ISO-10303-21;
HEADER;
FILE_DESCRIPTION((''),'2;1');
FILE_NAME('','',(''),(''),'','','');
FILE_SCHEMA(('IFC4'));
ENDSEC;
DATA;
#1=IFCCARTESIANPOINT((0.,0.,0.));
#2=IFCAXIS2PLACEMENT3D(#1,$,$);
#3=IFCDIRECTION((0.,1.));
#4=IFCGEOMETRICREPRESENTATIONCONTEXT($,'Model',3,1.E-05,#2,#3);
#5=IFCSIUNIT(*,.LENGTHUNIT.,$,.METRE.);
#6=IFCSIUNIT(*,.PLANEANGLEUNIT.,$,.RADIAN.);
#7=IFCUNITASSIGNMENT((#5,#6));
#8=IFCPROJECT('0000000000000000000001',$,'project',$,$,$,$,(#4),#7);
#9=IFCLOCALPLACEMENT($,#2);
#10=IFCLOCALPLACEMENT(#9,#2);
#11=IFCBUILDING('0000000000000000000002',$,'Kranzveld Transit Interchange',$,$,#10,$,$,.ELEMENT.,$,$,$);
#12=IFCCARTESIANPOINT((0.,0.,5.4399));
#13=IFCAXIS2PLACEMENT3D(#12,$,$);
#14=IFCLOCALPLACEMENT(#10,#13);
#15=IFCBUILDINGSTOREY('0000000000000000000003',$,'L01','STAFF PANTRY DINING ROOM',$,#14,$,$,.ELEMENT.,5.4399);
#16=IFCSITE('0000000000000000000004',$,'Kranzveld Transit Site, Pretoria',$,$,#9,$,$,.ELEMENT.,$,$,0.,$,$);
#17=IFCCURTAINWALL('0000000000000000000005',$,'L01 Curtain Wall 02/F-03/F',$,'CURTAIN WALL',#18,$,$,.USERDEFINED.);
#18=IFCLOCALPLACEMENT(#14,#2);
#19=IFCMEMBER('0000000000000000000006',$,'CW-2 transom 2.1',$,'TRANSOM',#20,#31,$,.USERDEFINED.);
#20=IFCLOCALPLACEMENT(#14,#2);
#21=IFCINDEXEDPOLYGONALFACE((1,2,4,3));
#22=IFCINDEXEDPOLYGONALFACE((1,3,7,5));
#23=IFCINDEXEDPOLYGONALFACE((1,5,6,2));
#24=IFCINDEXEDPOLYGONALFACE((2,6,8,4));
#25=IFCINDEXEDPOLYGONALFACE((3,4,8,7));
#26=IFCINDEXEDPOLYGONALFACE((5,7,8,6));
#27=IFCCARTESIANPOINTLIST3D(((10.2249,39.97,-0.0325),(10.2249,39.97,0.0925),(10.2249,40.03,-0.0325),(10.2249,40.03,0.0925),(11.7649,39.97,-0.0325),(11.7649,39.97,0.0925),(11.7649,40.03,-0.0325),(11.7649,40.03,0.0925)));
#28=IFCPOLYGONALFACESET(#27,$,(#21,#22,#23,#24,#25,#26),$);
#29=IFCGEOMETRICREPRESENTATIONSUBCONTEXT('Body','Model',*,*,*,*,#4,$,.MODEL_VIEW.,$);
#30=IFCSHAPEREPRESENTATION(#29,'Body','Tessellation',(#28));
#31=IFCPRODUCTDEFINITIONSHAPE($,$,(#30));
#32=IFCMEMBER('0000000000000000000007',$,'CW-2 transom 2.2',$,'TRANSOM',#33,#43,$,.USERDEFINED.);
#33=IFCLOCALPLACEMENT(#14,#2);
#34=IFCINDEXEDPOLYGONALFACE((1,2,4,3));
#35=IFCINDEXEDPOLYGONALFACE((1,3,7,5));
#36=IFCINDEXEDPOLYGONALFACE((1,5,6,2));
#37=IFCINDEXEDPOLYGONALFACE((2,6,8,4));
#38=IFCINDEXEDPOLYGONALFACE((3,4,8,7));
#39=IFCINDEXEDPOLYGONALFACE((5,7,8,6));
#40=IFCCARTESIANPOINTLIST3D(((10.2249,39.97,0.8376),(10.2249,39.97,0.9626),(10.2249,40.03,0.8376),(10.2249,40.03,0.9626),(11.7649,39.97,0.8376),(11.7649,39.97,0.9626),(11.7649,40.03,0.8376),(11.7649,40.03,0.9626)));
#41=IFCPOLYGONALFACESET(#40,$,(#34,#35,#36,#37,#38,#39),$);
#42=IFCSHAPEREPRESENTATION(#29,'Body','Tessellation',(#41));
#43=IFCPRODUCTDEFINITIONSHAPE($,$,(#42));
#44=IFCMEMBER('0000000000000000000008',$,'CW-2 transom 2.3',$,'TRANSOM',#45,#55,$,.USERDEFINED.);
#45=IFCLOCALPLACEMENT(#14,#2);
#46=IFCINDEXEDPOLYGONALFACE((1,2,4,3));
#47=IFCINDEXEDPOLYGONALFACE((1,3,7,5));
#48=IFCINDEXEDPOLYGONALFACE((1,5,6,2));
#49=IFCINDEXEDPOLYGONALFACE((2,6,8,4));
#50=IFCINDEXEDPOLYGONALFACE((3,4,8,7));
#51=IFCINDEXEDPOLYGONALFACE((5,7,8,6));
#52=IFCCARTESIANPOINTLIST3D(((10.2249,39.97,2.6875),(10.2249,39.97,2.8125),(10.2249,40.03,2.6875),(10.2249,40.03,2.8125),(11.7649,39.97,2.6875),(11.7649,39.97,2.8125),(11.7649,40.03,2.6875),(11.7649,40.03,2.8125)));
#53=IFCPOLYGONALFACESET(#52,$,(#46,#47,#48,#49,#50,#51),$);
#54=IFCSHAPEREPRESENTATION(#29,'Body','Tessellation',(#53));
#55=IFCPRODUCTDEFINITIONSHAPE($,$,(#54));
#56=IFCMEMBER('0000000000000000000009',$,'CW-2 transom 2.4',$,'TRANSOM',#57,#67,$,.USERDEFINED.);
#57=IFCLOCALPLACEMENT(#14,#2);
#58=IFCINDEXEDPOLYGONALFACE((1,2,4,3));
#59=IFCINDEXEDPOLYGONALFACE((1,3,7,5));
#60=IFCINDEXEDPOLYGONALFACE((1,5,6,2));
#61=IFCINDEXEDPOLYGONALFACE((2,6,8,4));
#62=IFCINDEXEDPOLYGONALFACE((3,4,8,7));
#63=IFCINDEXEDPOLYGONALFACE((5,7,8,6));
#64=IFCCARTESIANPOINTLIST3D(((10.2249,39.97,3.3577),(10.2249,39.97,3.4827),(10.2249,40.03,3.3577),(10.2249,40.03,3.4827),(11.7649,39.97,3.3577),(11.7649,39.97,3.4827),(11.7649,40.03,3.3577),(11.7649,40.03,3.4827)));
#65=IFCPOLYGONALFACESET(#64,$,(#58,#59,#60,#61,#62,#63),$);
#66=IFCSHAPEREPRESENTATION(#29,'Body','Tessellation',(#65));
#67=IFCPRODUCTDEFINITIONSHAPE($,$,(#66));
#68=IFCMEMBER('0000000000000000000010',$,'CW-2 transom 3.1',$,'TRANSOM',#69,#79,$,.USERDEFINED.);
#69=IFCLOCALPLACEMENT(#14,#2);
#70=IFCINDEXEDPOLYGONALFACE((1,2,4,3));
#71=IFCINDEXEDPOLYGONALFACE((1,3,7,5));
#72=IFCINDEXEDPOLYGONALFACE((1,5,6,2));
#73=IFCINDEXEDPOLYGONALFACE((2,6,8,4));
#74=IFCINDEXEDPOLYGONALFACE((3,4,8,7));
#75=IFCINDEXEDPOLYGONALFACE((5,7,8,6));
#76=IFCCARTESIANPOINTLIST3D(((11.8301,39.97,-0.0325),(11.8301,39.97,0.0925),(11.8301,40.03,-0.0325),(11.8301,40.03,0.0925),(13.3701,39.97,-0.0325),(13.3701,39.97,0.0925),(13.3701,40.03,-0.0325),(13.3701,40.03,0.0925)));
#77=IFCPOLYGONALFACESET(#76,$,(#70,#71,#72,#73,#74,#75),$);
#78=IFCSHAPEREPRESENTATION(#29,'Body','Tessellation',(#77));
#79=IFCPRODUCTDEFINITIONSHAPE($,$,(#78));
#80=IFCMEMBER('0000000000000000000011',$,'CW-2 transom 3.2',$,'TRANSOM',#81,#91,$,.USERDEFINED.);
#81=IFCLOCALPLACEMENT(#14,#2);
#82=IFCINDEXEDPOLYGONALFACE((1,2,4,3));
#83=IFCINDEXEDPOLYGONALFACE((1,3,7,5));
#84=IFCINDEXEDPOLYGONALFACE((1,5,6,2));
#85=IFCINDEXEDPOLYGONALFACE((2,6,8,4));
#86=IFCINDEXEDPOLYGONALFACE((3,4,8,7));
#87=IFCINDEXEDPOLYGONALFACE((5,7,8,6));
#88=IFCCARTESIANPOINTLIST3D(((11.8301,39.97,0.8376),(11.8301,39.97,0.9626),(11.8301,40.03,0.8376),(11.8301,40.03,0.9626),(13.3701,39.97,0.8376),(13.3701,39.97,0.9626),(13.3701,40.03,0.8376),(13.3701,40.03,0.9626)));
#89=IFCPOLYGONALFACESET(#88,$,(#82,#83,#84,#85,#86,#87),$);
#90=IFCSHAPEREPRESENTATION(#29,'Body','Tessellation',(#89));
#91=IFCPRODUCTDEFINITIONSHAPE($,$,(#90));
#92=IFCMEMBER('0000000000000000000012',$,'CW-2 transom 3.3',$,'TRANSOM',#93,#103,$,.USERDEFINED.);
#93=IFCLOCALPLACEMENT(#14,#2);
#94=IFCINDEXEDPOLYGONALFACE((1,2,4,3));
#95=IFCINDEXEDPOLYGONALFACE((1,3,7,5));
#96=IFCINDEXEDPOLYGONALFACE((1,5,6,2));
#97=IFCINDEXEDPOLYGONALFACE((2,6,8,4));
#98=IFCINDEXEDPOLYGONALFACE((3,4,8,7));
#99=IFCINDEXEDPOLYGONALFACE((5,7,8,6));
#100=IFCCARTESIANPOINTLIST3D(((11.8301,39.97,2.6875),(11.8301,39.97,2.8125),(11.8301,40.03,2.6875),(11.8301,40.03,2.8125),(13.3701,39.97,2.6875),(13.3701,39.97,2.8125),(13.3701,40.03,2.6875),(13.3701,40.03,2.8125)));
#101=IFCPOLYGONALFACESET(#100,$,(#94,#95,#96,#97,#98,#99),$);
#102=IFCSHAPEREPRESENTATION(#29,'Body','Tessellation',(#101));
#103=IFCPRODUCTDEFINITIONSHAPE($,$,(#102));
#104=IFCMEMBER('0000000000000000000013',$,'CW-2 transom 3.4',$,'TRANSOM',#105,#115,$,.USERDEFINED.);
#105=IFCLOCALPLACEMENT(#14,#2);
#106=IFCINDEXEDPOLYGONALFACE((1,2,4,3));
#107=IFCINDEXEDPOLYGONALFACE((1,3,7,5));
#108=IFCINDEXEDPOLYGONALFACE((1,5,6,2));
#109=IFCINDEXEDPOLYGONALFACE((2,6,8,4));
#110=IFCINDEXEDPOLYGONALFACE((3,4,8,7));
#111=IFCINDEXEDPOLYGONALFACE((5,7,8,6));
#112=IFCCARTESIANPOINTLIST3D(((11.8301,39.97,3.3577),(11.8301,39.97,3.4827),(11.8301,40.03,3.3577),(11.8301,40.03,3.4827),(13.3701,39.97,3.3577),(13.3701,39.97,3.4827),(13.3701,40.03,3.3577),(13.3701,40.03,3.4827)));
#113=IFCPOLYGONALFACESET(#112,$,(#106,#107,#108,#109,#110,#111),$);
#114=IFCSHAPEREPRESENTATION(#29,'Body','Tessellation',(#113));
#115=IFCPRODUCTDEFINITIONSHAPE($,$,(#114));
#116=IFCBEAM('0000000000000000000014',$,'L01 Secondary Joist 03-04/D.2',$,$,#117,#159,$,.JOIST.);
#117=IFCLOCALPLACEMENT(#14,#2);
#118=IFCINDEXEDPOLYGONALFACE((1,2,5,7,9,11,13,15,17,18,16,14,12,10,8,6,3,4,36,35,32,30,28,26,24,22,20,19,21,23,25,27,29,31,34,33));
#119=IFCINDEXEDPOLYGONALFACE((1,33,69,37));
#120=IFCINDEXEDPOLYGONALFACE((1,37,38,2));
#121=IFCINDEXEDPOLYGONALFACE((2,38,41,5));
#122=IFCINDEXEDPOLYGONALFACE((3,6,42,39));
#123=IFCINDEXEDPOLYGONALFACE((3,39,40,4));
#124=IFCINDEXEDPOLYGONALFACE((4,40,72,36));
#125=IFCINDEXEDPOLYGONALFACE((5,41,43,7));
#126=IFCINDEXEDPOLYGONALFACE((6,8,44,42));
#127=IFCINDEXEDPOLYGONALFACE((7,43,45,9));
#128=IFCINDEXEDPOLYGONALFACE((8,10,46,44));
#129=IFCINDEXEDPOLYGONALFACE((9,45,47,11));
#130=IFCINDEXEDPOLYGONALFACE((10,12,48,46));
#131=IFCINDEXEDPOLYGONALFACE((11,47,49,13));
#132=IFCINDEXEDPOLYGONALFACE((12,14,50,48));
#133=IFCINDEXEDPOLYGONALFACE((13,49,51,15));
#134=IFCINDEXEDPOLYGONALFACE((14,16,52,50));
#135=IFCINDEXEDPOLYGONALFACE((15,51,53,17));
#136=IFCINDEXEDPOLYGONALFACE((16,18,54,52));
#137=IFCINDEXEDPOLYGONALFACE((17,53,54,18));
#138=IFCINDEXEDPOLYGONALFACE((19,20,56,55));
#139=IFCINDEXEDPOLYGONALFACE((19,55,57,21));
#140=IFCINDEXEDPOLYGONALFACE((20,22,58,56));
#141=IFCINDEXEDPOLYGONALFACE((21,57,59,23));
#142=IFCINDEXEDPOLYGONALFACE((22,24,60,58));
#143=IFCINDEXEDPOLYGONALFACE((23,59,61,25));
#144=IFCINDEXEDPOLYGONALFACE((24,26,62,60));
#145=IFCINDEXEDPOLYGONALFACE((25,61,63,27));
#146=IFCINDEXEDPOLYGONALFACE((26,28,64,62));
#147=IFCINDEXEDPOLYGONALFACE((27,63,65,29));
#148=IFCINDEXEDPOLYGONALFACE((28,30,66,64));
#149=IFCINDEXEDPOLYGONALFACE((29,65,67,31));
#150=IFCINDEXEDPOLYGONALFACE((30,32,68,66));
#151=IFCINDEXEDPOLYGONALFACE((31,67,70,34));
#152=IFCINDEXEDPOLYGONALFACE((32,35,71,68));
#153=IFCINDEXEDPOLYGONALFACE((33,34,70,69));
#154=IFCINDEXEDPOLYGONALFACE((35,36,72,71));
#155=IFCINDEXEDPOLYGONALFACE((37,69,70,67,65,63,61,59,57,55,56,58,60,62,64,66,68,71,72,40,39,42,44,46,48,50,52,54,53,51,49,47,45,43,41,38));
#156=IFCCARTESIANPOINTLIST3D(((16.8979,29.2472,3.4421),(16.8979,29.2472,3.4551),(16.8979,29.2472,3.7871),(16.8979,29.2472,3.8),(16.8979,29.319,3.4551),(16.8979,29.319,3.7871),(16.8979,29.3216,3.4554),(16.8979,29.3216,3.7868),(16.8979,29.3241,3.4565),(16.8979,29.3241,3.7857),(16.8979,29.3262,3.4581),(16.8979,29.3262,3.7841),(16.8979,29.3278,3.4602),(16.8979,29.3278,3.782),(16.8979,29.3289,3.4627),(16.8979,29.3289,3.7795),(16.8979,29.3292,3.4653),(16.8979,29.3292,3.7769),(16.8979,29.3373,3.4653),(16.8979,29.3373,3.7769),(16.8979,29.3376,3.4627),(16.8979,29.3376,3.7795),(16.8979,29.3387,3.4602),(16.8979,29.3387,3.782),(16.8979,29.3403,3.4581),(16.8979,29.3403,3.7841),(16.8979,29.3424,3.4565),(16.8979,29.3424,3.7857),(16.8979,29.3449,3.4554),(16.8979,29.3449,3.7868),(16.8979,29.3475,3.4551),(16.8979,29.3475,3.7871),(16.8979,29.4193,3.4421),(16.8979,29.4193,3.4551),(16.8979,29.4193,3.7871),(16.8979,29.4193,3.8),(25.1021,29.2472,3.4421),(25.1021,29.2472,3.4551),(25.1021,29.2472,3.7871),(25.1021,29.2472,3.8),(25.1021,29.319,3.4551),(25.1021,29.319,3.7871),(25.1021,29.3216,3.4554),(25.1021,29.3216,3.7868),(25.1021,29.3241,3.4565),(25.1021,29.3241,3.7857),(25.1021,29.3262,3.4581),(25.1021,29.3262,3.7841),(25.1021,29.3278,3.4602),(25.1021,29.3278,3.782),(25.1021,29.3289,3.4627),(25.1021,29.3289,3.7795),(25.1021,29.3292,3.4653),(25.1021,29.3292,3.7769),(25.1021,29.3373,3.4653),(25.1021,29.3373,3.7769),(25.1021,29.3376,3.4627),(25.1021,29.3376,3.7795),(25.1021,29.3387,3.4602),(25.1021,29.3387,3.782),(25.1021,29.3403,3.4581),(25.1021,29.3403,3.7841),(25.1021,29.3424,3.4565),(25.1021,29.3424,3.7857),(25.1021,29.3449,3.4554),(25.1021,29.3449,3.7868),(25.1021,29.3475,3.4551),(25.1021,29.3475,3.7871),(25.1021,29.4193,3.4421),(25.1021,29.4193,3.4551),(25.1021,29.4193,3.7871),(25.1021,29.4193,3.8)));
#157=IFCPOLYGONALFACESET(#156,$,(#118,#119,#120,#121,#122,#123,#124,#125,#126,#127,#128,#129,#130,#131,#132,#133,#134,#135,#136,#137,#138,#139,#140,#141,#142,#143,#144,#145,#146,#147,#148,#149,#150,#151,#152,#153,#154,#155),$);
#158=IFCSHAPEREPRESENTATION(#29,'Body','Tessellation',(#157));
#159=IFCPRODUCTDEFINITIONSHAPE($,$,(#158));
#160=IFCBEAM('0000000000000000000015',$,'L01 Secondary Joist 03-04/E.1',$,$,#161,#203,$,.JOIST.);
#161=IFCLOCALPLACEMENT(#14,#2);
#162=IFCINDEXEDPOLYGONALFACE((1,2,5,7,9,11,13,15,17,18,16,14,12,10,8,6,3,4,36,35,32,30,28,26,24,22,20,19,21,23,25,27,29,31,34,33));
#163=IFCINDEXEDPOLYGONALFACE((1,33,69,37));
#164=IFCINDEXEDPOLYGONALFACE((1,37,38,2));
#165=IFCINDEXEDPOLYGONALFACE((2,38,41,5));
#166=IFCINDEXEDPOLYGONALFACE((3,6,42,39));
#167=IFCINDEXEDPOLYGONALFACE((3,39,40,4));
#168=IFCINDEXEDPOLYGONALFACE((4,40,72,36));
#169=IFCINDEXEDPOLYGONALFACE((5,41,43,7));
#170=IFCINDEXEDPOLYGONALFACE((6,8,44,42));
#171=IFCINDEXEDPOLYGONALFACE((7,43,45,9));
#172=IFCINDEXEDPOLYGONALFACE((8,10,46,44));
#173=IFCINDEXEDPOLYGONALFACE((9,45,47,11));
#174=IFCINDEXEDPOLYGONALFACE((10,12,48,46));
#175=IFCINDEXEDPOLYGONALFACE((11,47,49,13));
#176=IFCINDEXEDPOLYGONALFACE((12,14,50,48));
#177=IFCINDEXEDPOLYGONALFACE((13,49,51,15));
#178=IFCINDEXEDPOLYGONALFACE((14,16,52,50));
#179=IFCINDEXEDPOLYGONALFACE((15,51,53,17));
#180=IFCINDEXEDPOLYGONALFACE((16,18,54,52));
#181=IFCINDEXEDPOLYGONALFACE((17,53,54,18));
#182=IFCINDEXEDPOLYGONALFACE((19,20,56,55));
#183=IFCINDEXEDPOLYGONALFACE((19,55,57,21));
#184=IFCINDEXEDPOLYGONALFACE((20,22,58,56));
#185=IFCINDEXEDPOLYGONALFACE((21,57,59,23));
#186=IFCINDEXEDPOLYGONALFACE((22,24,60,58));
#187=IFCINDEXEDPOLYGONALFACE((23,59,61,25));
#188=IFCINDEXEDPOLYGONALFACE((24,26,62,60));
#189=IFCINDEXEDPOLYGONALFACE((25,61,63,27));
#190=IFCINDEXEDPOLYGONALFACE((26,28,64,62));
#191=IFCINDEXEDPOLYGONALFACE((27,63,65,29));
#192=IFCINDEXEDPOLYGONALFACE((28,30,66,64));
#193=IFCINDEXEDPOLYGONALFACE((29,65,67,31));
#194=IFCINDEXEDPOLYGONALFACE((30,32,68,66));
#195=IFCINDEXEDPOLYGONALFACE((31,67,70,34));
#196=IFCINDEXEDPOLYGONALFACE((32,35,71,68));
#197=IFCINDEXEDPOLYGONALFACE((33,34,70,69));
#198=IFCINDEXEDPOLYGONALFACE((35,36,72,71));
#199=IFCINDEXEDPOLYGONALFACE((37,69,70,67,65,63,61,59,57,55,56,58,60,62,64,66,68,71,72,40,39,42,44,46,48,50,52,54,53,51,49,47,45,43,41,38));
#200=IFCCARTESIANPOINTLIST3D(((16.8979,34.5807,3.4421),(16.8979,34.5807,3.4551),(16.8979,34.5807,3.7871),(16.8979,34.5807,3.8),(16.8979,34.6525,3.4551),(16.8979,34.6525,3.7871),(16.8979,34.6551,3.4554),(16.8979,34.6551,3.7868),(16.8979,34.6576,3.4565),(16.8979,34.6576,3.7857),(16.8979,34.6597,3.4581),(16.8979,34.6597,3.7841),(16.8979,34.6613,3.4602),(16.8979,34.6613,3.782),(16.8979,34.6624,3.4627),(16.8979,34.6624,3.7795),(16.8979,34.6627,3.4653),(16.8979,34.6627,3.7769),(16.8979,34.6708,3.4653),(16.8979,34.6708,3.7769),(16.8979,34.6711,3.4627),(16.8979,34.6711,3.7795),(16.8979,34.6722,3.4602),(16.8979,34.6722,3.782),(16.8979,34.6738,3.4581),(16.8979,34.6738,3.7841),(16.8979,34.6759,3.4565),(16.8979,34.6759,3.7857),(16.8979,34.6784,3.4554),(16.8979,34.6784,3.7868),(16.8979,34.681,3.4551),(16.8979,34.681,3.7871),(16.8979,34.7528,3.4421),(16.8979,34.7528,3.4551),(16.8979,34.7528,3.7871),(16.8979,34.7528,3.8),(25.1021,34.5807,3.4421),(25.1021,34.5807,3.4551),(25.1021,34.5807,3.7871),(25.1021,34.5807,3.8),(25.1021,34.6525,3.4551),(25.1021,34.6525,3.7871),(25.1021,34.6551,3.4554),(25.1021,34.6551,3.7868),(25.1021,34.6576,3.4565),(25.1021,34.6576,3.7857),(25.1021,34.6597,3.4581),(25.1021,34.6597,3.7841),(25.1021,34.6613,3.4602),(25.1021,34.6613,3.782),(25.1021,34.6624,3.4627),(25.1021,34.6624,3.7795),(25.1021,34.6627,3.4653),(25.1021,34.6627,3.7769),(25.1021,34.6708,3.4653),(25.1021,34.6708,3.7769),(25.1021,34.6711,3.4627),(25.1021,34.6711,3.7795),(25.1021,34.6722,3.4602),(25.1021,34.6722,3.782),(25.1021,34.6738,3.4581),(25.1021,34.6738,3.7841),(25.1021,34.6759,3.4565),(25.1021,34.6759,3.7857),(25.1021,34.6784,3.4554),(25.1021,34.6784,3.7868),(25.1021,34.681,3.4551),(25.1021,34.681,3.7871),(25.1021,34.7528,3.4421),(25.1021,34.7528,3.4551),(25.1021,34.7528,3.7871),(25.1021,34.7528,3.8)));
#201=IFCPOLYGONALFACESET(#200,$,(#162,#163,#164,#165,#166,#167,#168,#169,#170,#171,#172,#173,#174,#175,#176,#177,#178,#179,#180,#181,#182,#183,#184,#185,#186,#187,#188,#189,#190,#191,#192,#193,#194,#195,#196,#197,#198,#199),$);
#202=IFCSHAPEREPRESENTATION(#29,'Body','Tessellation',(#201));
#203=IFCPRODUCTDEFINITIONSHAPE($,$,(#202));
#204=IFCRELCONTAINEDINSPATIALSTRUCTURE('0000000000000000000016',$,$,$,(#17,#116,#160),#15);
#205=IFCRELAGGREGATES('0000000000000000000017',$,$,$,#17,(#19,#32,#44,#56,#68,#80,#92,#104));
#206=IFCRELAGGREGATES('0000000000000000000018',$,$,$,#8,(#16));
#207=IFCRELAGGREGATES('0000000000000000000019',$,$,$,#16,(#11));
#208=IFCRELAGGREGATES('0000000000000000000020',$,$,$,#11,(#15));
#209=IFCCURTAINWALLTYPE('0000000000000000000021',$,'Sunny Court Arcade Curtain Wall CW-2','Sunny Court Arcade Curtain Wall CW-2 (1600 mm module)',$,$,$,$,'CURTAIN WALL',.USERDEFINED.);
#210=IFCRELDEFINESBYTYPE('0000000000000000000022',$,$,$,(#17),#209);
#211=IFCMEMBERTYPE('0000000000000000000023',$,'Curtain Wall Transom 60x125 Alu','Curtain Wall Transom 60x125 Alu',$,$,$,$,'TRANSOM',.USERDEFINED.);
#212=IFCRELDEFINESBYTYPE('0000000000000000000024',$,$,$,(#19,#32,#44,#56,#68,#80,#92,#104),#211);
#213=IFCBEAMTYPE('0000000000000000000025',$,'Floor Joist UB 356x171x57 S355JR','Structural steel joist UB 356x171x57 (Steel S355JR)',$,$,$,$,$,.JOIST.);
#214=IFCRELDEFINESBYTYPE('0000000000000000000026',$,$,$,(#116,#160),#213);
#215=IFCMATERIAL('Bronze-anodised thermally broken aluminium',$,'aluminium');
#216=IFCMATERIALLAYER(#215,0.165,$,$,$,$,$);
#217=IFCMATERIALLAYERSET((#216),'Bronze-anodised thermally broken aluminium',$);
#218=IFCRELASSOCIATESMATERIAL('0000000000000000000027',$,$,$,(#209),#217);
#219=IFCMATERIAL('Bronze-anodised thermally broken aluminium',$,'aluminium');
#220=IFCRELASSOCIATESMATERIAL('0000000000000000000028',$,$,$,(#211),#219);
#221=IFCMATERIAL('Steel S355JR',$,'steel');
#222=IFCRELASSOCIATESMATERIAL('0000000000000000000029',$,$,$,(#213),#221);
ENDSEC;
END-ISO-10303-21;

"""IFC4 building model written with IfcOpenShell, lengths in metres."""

from ifc_helpers import new_model, si_unit, direction, frame, origin, origin_2d, place, context, subcontext, project, spatial, rectangle, i_section, extrude, material, layer, layer_set, material_profile, profile_set, type_object, element, aggregate, save


model = new_model("IFC4")

# Units and contexts
model_context = context("Model", 3, precision=1e-05, world=origin(), true_north=direction((0.0, 1.0)))
body_context = subcontext(model_context, "Body", "Model", "MODEL_VIEW")
ifc_project = project(units=[si_unit("LENGTHUNIT", "METRE"), si_unit("PLANEANGLEUNIT", "RADIAN")], contexts=[model_context])

# Site, building, storey
site_placement = place(None, origin())
site = spatial("IfcSite", under=ifc_project, at=site_placement, Name="Kranzveld Transit Site, Pretoria", CompositionType="ELEMENT", RefElevation=0.0)
building_placement = place(site_placement, origin())
building = spatial("IfcBuilding", under=site, at=building_placement, Name="Kranzveld Transit Interchange", CompositionType="ELEMENT")
storey_placement = place(building_placement, frame((0.0, 0.0, 5.4399)))
storey = spatial("IfcBuildingStorey", under=building, at=storey_placement, Name="L01", Description="STAFF PANTRY DINING ROOM", CompositionType="ELEMENT", Elevation=5.4399)

# Curtain wall, members
ifc_material_1 = material(Name="Bronze-anodised thermally broken aluminium", Category="aluminium")
ifc_layer_1 = layer(ifc_material_1, 0.165)
ifc_layer_set_1 = layer_set([ifc_layer_1], Name="Bronze-anodised thermally broken aluminium")
curtain_wall_type = type_object("IfcCurtainWallType", Name="Sunny Court Arcade Curtain Wall CW-2", Description="Sunny Court Arcade Curtain Wall CW-2 (1600 mm module)", ElementType="CURTAIN WALL", PredefinedType="USERDEFINED", material=ifc_layer_set_1)
curtain_wall_placement = place(storey_placement, origin())
curtain_wall = element("IfcCurtainWall", 1, at=curtain_wall_placement, inside=storey, type_object=curtain_wall_type, Name="L01 Curtain Wall 02/F-03/F", ObjectType="CURTAIN WALL", PredefinedType="USERDEFINED")
ifc_material_2 = material(Name="Bronze-anodised thermally broken aluminium", Category="aluminium")
ifc_material_profile_1 = material_profile(ifc_material_2, rectangle(XDim=0.0601, YDim=0.125, at=origin_2d()), Name="ALU TRANSOM 60x125")
ifc_profile_set_1 = profile_set([ifc_material_profile_1], Name="Bronze-anodised thermally broken aluminium")
member_type_1 = type_object("IfcMemberType", Name="Curtain Wall Transom 60x125 Alu", Description="Curtain Wall Transom 60x125 Alu", ElementType="TRANSOM", PredefinedType="USERDEFINED", material=ifc_profile_set_1)
member_1_placement = place(storey_placement, frame((10.2249, 40.0, 0.03), z_axis=(1.0, 0.0, 0.0), x_axis=(0.0, 1.0, 0.0)))
member_1 = element("IfcMember", 2, at=member_1_placement, type_object=member_type_1, Name="CW-2 transom 2.1", ObjectType="TRANSOM", PredefinedType="USERDEFINED", context=body_context, shape_type="SweptSolid", body=[
    extrude(rectangle(XDim=0.0601, YDim=0.125, at=origin_2d()), origin(), (0.0, 0.0, 1.0), 1.54),
])
member_2_placement = place(storey_placement, frame((10.2249, 40.0, 0.9001), z_axis=(1.0, 0.0, 0.0), x_axis=(0.0, 1.0, 0.0)))
member_2 = element("IfcMember", 3, at=member_2_placement, type_object=member_type_1, Name="CW-2 transom 2.2", ObjectType="TRANSOM", PredefinedType="USERDEFINED", context=body_context, shape_type="SweptSolid", body=[
    extrude(rectangle(XDim=0.0601, YDim=0.125, at=origin_2d()), origin(), (0.0, 0.0, 1.0), 1.54),
])
member_3_placement = place(storey_placement, frame((10.2249, 40.0, 2.75), z_axis=(1.0, 0.0, 0.0), x_axis=(0.0, 1.0, 0.0)))
member_3 = element("IfcMember", 4, at=member_3_placement, type_object=member_type_1, Name="CW-2 transom 2.3", ObjectType="TRANSOM", PredefinedType="USERDEFINED", context=body_context, shape_type="SweptSolid", body=[
    extrude(rectangle(XDim=0.0601, YDim=0.125, at=origin_2d()), origin(), (0.0, 0.0, 1.0), 1.54),
])
member_4_placement = place(storey_placement, frame((10.2249, 40.0, 3.4202), z_axis=(1.0, 0.0, 0.0), x_axis=(0.0, 1.0, 0.0)))
member_4 = element("IfcMember", 5, at=member_4_placement, type_object=member_type_1, Name="CW-2 transom 2.4", ObjectType="TRANSOM", PredefinedType="USERDEFINED", context=body_context, shape_type="SweptSolid", body=[
    extrude(rectangle(XDim=0.0601, YDim=0.125, at=origin_2d()), origin(), (0.0, 0.0, 1.0), 1.54),
])
member_5_placement = place(storey_placement, frame((11.8301, 40.0, 0.03), z_axis=(1.0, 0.0, 0.0), x_axis=(0.0, 1.0, 0.0)))
member_5 = element("IfcMember", 6, at=member_5_placement, type_object=member_type_1, Name="CW-2 transom 3.1", ObjectType="TRANSOM", PredefinedType="USERDEFINED", context=body_context, shape_type="SweptSolid", body=[
    extrude(rectangle(XDim=0.0601, YDim=0.125, at=origin_2d()), origin(), (0.0, 0.0, 1.0), 1.54),
])
member_6_placement = place(storey_placement, frame((11.8301, 40.0, 0.9001), z_axis=(1.0, 0.0, 0.0), x_axis=(0.0, 1.0, 0.0)))
member_6 = element("IfcMember", 7, at=member_6_placement, type_object=member_type_1, Name="CW-2 transom 3.2", ObjectType="TRANSOM", PredefinedType="USERDEFINED", context=body_context, shape_type="SweptSolid", body=[
    extrude(rectangle(XDim=0.0601, YDim=0.125, at=origin_2d()), origin(), (0.0, 0.0, 1.0), 1.54),
])
member_7_placement = place(storey_placement, frame((11.8301, 40.0, 2.75), z_axis=(1.0, 0.0, 0.0), x_axis=(0.0, 1.0, 0.0)))
member_7 = element("IfcMember", 8, at=member_7_placement, type_object=member_type_1, Name="CW-2 transom 3.3", ObjectType="TRANSOM", PredefinedType="USERDEFINED", context=body_context, shape_type="SweptSolid", body=[
    extrude(rectangle(XDim=0.0601, YDim=0.125, at=origin_2d()), origin(), (0.0, 0.0, 1.0), 1.54),
])
member_8_placement = place(storey_placement, frame((11.8301, 40.0, 3.4202), z_axis=(1.0, 0.0, 0.0), x_axis=(0.0, 1.0, 0.0)))
member_8 = element("IfcMember", 9, at=member_8_placement, type_object=member_type_1, Name="CW-2 transom 3.4", ObjectType="TRANSOM", PredefinedType="USERDEFINED", context=body_context, shape_type="SweptSolid", body=[
    extrude(rectangle(XDim=0.0601, YDim=0.125, at=origin_2d()), origin(), (0.0, 0.0, 1.0), 1.54),
])

# Beams
ifc_material_3 = material(Name="Steel S355JR", Category="steel")
ifc_material_profile_2 = material_profile(ifc_material_3, i_section(OverallWidth=0.1721, OverallDepth=0.3579, WebThickness=0.0081, FlangeThickness=0.0129, FilletRadius=0.0103, at=origin_2d()), Name="UB 356x171x57")
ifc_profile_set_2 = profile_set([ifc_material_profile_2], Name="Steel S355JR")
beam_type_1 = type_object("IfcBeamType", Name="Floor Joist UB 356x171x57 S355JR", Description="Structural steel joist UB 356x171x57 (Steel S355JR)", PredefinedType="JOIST", material=ifc_profile_set_2)
for number, where, z_axis, x_axis, name in (
    (10, (16.8979, 29.3333, 3.6211), (1.0, 0.0, 0.0), (0.0, 1.0, 0.0), "L01 Secondary Joist 03-04/D.2"),
    (11, (16.8979, 34.6667, 3.6211), (1.0, 0.0, 0.0), (0.0, 1.0, 0.0), "L01 Secondary Joist 03-04/E.1"),
):
    element("IfcBeam", number, at=place(storey_placement, frame(where, z_axis=z_axis, x_axis=x_axis)), inside=storey, type_object=beam_type_1, Name=name, PredefinedType="JOIST", context=body_context, shape_type="SweptSolid", body=[
        extrude(i_section(OverallWidth=0.1721, OverallDepth=0.3579, WebThickness=0.0081, FlangeThickness=0.0129, FilletRadius=0.0103, at=origin_2d()), origin(), (0.0, 0.0, 1.0), 8.2041),
    ])

aggregate(curtain_wall, [member_1, member_2, member_3, member_4, member_5, member_6, member_7, member_8])

save(model, "model.ifc")
